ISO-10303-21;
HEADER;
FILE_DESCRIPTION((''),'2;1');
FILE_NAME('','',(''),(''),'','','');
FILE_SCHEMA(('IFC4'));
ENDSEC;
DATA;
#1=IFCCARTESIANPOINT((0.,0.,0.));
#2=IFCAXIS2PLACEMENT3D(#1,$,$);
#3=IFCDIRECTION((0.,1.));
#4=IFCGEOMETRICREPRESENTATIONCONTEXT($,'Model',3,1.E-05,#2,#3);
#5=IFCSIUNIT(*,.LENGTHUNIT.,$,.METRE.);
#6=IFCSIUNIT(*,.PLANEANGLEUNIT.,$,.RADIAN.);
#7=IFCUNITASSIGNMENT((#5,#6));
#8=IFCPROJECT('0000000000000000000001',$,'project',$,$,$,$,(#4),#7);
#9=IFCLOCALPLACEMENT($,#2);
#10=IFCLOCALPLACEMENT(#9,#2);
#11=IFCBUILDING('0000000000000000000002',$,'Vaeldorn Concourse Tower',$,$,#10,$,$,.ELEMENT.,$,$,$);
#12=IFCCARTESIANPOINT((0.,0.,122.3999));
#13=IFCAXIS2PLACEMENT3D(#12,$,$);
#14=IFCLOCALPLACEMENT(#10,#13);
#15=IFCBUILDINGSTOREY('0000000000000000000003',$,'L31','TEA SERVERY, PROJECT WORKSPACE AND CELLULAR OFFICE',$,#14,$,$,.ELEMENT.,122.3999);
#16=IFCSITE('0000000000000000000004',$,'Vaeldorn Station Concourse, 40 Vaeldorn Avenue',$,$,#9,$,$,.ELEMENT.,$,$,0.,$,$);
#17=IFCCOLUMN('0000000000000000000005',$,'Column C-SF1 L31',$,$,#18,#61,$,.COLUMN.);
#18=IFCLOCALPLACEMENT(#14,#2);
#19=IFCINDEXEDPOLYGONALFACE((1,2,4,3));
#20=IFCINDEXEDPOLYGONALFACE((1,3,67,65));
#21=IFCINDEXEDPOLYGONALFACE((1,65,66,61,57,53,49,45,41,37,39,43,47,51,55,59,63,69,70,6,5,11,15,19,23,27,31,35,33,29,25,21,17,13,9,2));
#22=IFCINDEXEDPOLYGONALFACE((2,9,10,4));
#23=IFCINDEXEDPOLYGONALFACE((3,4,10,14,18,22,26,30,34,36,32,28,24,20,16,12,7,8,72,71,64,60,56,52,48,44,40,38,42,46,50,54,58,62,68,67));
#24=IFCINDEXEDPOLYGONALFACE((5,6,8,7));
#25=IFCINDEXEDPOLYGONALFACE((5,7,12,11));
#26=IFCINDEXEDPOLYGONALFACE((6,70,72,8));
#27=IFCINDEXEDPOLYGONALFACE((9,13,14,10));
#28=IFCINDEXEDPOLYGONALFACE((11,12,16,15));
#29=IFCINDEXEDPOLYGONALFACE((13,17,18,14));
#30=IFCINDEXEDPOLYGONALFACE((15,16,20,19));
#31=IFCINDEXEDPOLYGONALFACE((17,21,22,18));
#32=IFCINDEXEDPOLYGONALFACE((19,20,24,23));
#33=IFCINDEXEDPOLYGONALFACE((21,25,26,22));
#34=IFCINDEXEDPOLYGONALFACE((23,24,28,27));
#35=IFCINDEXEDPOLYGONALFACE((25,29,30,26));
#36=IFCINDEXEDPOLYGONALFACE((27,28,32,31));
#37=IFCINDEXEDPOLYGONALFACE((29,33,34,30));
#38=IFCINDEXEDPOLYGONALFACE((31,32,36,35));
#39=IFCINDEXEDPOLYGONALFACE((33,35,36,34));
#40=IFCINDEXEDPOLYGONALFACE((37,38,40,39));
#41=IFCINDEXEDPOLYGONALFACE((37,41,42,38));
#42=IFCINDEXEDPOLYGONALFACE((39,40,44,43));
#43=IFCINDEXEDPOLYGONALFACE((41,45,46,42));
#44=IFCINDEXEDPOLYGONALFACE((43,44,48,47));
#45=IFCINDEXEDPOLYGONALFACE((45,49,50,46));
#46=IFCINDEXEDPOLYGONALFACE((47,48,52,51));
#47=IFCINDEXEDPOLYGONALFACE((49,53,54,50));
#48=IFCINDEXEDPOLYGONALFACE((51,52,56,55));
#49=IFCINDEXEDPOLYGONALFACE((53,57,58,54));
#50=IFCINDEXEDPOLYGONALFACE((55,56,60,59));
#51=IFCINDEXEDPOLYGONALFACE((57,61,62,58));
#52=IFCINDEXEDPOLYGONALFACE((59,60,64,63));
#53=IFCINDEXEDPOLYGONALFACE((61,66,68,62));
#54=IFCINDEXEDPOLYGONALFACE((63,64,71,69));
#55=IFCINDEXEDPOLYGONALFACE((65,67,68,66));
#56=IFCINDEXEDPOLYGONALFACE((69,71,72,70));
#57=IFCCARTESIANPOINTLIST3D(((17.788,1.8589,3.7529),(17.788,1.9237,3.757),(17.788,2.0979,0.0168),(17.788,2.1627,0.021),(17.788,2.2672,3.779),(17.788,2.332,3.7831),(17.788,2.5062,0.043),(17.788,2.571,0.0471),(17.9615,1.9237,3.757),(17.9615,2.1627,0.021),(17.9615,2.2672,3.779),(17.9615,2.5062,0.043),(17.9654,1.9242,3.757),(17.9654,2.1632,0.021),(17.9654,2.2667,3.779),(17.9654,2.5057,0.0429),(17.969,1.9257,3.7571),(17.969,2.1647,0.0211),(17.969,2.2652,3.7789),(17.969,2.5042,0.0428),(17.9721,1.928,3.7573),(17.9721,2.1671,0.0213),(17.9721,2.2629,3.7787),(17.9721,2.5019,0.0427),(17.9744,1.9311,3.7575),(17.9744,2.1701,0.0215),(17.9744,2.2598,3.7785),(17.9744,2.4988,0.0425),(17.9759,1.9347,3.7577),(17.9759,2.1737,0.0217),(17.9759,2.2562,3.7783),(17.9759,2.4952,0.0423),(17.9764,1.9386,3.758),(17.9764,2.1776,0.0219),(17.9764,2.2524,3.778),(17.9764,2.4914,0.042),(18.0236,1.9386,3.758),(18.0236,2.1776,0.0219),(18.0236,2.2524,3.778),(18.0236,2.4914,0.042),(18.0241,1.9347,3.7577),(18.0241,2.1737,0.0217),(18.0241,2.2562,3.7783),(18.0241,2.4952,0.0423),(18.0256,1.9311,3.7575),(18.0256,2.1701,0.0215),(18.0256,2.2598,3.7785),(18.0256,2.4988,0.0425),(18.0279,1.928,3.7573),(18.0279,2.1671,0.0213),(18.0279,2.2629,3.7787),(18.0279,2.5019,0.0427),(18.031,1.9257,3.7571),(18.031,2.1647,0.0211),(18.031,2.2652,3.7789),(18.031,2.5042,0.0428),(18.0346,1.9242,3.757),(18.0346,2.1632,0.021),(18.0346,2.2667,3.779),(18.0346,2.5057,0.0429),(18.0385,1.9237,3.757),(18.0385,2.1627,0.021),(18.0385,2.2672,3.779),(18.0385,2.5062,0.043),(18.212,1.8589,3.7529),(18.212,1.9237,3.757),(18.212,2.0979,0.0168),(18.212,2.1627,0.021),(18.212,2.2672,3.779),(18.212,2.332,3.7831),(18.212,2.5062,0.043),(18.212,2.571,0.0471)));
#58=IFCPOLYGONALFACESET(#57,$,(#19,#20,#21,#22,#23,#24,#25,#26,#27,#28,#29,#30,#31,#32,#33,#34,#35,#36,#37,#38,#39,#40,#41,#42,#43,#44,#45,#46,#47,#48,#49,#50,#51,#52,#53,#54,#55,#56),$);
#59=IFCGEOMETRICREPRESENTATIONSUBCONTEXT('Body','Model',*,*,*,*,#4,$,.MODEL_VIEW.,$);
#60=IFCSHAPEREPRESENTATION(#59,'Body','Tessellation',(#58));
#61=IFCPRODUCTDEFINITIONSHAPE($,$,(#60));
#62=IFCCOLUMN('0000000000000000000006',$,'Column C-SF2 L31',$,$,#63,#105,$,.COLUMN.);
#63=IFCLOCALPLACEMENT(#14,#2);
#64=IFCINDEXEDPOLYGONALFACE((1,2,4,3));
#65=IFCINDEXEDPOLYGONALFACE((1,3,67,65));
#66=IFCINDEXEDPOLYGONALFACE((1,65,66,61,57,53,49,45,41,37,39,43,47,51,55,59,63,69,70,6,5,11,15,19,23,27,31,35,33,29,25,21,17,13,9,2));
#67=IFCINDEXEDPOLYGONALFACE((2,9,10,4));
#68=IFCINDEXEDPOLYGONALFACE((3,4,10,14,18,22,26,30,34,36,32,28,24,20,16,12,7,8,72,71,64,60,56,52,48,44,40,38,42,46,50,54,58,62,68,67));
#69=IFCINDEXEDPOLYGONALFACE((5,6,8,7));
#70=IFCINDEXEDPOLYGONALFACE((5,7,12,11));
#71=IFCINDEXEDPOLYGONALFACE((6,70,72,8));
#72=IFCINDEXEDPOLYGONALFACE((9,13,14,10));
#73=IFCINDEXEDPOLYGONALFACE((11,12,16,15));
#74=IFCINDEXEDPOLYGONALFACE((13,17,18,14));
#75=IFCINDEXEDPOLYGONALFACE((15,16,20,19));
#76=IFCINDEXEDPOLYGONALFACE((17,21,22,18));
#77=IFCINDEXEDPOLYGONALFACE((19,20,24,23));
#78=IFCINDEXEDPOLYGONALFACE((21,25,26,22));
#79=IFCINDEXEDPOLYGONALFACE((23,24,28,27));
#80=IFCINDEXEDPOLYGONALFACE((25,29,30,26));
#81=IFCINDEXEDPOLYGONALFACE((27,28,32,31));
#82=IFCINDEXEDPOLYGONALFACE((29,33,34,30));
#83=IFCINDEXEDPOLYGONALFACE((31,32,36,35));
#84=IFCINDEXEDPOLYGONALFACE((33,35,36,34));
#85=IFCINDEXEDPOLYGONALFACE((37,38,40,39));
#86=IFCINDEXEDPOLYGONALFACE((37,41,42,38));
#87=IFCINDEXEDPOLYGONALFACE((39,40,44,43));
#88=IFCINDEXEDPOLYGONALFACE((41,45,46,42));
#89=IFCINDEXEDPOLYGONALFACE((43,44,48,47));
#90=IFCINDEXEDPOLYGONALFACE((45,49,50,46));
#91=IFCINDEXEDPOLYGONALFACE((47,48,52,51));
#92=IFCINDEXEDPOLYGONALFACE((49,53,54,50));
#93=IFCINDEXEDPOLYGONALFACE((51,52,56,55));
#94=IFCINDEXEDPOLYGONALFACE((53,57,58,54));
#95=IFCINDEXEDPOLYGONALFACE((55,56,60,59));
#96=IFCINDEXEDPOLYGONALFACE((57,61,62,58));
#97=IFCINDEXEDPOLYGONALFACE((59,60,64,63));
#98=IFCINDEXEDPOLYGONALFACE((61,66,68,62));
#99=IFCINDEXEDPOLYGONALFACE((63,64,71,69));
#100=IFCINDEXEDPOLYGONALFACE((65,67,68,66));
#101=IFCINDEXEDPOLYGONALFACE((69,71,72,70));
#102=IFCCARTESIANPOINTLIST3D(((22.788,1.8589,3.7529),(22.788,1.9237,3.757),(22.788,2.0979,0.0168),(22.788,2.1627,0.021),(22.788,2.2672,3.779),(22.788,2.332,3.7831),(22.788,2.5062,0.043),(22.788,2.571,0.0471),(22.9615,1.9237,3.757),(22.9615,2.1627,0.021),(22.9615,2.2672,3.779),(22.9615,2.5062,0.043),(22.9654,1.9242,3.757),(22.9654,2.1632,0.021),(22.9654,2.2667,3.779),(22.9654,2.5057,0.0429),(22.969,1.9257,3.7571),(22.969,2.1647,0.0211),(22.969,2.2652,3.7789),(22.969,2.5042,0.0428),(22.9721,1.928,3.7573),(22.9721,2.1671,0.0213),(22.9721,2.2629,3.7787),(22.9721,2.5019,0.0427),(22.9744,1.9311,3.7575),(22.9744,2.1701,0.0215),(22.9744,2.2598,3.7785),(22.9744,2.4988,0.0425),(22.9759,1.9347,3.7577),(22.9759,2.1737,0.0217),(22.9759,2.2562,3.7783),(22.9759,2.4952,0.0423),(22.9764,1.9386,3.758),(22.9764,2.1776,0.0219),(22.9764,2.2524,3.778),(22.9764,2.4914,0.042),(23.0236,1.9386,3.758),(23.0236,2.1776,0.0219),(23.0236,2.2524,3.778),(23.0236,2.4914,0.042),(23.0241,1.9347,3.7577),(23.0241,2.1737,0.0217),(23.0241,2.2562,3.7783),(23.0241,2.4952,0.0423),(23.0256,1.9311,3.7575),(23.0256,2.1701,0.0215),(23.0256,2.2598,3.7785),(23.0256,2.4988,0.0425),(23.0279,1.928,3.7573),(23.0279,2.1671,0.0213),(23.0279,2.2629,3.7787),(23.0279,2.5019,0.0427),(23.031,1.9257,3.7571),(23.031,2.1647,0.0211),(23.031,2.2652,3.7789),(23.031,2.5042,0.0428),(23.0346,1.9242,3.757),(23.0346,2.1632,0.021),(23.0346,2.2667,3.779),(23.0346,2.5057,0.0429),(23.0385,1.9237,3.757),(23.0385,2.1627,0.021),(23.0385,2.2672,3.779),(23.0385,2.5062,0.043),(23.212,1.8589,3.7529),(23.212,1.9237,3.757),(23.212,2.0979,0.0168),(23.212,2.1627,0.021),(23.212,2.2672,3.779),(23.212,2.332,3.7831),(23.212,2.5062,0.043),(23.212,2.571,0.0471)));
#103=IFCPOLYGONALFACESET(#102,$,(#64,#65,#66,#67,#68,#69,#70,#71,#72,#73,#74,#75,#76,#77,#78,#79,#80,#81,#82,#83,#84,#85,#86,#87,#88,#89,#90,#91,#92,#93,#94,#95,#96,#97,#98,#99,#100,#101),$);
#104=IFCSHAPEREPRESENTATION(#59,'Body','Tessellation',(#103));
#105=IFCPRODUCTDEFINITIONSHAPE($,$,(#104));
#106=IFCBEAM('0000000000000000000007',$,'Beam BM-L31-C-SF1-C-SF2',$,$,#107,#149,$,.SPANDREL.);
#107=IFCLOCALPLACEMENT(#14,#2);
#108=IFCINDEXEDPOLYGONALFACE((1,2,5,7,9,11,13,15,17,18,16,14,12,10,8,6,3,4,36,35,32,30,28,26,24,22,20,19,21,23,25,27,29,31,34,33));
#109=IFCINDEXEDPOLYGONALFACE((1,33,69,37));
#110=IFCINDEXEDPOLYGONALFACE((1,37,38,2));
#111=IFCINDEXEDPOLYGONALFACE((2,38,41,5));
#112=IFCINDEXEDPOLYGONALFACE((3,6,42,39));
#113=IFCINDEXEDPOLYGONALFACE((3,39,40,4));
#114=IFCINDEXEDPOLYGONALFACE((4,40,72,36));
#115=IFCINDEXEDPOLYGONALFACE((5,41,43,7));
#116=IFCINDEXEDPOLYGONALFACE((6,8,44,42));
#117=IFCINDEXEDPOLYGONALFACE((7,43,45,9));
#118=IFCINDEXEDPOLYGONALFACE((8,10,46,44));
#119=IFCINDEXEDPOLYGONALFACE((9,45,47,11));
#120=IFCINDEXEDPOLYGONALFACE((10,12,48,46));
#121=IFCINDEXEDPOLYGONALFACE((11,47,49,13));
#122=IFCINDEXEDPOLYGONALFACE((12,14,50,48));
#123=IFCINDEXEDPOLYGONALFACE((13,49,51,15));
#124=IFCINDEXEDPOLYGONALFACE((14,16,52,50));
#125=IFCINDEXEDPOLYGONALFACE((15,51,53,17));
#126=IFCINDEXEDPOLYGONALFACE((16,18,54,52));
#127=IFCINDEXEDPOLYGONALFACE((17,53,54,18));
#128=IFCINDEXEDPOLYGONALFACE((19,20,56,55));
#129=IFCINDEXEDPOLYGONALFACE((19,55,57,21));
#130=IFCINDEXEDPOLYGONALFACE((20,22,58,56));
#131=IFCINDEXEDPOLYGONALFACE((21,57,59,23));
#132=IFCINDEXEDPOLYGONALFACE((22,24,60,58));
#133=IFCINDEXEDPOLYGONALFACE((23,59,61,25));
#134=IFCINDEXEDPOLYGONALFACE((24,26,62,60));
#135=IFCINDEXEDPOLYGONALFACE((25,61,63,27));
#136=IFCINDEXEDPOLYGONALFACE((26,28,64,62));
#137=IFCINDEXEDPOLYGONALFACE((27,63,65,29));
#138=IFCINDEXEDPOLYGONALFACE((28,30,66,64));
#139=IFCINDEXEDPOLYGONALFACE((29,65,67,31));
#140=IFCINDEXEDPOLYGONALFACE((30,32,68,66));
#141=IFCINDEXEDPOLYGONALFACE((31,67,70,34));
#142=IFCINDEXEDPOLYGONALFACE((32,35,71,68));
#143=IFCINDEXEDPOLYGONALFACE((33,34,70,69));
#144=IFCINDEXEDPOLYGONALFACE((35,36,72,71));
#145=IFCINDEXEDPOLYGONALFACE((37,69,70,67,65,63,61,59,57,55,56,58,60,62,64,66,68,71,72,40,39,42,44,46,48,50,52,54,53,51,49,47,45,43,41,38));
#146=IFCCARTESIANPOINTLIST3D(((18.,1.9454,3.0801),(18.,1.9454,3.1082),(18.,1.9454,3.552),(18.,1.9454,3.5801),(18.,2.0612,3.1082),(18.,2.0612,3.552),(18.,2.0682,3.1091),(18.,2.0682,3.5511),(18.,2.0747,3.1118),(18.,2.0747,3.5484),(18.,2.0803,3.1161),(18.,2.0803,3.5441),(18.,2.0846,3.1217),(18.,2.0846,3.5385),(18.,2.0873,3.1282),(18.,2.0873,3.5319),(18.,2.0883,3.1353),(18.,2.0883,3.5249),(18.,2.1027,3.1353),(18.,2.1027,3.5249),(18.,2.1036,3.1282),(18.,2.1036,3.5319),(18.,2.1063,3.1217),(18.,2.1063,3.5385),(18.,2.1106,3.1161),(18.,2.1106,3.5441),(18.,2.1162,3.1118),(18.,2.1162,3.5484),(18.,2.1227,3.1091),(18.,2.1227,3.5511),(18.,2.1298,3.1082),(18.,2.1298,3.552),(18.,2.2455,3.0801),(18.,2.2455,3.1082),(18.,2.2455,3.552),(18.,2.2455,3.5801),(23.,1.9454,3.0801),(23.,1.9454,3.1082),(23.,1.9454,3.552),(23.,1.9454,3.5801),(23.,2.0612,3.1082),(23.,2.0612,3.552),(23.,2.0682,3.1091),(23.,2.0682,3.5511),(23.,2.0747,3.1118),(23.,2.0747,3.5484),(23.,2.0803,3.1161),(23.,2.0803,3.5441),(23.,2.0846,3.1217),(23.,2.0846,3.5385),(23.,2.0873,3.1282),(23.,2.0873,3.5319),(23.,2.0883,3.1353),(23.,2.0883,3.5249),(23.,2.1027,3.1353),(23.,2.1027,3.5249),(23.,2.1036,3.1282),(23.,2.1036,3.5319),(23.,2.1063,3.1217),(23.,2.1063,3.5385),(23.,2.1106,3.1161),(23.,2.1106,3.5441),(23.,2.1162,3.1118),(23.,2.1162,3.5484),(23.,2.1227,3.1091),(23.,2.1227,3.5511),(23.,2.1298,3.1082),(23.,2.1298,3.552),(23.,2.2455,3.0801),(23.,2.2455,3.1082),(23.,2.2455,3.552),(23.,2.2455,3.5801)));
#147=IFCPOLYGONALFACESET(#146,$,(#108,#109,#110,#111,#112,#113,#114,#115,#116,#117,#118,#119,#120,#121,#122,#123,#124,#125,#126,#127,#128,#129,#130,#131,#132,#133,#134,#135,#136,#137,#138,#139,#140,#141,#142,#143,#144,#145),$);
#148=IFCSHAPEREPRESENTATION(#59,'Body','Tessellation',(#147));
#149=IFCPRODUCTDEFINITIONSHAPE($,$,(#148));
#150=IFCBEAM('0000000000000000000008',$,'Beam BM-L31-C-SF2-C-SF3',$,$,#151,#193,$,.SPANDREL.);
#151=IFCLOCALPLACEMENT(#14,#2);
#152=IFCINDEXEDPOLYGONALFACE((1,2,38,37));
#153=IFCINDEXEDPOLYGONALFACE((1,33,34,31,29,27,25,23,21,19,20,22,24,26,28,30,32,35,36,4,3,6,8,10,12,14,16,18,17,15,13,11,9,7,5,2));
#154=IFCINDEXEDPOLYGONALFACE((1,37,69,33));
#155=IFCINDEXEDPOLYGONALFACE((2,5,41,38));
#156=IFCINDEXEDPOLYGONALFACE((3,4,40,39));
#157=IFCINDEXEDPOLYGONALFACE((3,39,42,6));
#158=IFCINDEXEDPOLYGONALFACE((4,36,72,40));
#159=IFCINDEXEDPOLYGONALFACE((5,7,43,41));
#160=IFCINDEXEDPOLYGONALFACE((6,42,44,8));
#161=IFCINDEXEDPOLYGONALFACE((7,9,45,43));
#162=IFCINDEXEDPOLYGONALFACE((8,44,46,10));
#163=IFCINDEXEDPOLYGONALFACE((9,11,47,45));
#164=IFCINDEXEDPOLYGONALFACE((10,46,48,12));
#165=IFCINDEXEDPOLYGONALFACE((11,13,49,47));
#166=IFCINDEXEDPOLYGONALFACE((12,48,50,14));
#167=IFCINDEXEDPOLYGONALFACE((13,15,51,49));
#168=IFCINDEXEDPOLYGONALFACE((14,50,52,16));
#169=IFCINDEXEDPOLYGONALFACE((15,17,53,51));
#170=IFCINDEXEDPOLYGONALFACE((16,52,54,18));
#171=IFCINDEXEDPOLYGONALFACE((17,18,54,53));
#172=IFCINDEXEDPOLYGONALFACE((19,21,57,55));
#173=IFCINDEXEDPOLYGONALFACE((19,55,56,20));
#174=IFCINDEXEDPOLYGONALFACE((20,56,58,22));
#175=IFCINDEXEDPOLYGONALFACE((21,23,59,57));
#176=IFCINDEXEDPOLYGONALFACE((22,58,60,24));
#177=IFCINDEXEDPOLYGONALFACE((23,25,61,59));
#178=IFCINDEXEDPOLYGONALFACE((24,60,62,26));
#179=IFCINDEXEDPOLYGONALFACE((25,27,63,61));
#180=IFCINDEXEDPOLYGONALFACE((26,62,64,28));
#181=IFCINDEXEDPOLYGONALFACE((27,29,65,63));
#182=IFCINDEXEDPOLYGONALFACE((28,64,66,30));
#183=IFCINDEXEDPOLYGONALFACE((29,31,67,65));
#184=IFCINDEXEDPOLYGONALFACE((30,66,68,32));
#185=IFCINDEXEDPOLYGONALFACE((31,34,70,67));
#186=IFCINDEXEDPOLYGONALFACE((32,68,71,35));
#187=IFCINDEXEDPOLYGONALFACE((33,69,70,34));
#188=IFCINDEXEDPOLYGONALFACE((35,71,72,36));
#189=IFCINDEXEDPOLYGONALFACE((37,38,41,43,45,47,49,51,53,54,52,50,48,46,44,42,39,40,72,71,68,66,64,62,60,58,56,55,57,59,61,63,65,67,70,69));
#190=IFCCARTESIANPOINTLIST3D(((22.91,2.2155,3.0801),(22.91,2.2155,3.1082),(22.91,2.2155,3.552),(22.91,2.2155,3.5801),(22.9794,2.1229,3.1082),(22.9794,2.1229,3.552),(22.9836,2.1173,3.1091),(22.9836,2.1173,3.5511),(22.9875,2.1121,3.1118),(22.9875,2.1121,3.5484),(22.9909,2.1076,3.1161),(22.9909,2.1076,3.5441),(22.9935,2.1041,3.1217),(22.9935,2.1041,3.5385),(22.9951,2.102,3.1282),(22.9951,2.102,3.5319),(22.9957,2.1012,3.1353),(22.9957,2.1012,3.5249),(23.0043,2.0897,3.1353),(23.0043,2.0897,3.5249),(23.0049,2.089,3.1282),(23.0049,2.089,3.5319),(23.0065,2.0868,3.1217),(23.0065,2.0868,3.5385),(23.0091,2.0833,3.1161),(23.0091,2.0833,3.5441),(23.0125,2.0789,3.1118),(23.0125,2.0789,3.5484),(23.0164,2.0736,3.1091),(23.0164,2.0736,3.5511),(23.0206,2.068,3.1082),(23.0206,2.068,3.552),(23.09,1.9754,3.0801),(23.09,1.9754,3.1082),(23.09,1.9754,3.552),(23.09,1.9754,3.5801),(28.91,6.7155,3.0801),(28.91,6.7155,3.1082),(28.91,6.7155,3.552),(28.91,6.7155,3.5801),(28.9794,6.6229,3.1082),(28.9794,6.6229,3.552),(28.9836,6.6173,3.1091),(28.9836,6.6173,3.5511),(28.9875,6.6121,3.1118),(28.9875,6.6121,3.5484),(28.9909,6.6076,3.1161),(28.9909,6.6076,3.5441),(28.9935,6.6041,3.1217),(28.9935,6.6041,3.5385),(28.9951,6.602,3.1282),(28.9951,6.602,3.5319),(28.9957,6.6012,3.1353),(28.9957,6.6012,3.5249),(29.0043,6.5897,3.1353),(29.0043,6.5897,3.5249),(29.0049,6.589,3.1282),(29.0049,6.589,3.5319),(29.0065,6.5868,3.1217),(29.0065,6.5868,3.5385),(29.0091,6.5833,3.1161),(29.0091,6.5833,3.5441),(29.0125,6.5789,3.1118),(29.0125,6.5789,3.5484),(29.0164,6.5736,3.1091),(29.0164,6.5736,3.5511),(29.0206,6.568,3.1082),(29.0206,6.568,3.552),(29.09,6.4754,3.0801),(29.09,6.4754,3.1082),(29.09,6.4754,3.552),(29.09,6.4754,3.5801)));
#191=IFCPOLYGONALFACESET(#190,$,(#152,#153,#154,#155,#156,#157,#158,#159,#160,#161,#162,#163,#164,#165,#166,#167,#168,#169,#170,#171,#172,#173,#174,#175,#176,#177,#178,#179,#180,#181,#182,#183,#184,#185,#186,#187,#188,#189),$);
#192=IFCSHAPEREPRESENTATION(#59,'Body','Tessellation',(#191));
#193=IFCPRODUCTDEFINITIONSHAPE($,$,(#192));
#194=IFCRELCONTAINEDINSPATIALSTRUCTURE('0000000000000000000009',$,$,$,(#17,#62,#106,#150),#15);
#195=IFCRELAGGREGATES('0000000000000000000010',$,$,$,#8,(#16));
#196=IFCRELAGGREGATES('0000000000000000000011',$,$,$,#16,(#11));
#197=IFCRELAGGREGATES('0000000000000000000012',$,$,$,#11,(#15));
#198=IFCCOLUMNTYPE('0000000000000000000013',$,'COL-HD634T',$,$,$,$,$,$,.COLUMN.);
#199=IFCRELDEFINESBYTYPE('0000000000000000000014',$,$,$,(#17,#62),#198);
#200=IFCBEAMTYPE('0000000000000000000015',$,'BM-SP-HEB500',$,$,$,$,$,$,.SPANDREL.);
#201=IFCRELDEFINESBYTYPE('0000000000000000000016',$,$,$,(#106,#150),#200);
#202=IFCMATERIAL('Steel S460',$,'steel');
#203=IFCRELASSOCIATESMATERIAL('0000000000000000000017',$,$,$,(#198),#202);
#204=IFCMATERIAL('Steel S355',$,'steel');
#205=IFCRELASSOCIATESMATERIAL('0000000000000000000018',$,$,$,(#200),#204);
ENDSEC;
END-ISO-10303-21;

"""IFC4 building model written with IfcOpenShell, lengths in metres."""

from ifc_helpers import new_model, si_unit, direction, frame, origin, origin_2d, place, context, subcontext, project, spatial, i_section, extrude, source, transform, mapped, material, material_profile, profile_set, type_object, element, save


model = new_model("IFC4")

# Units and contexts
model_context = context("Model", 3, precision=1e-05, world=origin(), true_north=direction((0.0, 1.0)))
body_context = subcontext(model_context, "Body", "Model", "MODEL_VIEW")
ifc_project = project(units=[si_unit("LENGTHUNIT", "METRE"), si_unit("PLANEANGLEUNIT", "RADIAN")], contexts=[model_context])

# Site, building, storey
site_placement = place(None, origin())
site = spatial("IfcSite", under=ifc_project, at=site_placement, Name="Vaeldorn Station Concourse, 40 Vaeldorn Avenue", CompositionType="ELEMENT", RefElevation=0.0)
building_placement = place(site_placement, origin())
building = spatial("IfcBuilding", under=site, at=building_placement, Name="Vaeldorn Concourse Tower", CompositionType="ELEMENT")
storey_placement = place(building_placement, frame((0.0, 0.0, 122.3999)))
storey = spatial("IfcBuildingStorey", under=building, at=storey_placement, Name="L31", Description="TEA SERVERY, PROJECT WORKSPACE AND CELLULAR OFFICE", CompositionType="ELEMENT", Elevation=122.3999)

# Columns
ifc_material_1 = material(Name="Steel S460", Category="steel")
ifc_material_profile_1 = material_profile(ifc_material_1, i_section(OverallWidth=0.4241, OverallDepth=0.4741, WebThickness=0.0471, FlangeThickness=0.0649, FilletRadius=0.0149, at=origin_2d()), Name="HD 400x634")
ifc_profile_set_1 = profile_set([ifc_material_profile_1], Name="Steel S460")
column_type = type_object("IfcColumnType", Name="COL-HD634T", PredefinedType="COLUMN", material=ifc_profile_set_1)
shared_shape_1 = source(origin(), body_context, "Body", "SweptSolid", [
    extrude(i_section(OverallWidth=0.4241, OverallDepth=0.4741, WebThickness=0.0471, FlangeThickness=0.0649, FilletRadius=0.0149, at=origin_2d()), origin(), (0.0, 0.0, 1.0), 3.7437),
])
for number, where, z_axis, x_axis, name in (
    (1, (18.0, 2.3345, 0.032), (0.0, -0.063844, 0.99796), (1.0, 0.0, 0.0), "Column C-SF1 L31"),
    (2, (23.0, 2.3345, 0.032), (0.0, -0.063844, 0.99796), (1.0, 0.0, 0.0), "Column C-SF2 L31"),
):
    element("IfcColumn", number, at=place(storey_placement, frame(where, z_axis=z_axis, x_axis=x_axis)), inside=storey, type_object=column_type, Name=name, PredefinedType="COLUMN", context=body_context, shape_type="MappedRepresentation", body=[
        mapped(shared_shape_1, transform((0.0, 0.0, 0.0), scale=1.0)),
    ])

# Beams
ifc_material_2 = material(Name="Steel S355", Category="steel")
ifc_material_profile_2 = material_profile(ifc_material_2, i_section(OverallWidth=0.3, OverallDepth=0.5, WebThickness=0.0144, FlangeThickness=0.0281, FilletRadius=0.0271, at=origin_2d()), Name="HEB 500")
ifc_profile_set_2 = profile_set([ifc_material_profile_2], Name="Steel S355")
beam_type_1 = type_object("IfcBeamType", Name="BM-SP-HEB500", PredefinedType="SPANDREL", material=ifc_profile_set_2)
shared_shape_2 = source(origin(), body_context, "Body", "SweptSolid", [
    extrude(i_section(OverallWidth=0.3, OverallDepth=0.5, WebThickness=0.0144, FlangeThickness=0.0281, FilletRadius=0.0271, at=origin_2d()), origin(), (0.0, 0.0, 1.0), 5.0),
])
beam_1_placement = place(storey_placement, frame((18.0, 2.0955, 3.3301), z_axis=(1.0, 0.0, 0.0), x_axis=(0.0, 1.0, 0.0)))
element("IfcBeam", 3, at=beam_1_placement, inside=storey, type_object=beam_type_1, Name="Beam BM-L31-C-SF1-C-SF2", PredefinedType="SPANDREL", context=body_context, shape_type="MappedRepresentation", body=[
    mapped(shared_shape_2, transform((0.0, 0.0, 0.0), scale=1.0)),
])
shared_shape_3 = source(origin(), body_context, "Body", "SweptSolid", [
    extrude(i_section(OverallWidth=0.3, OverallDepth=0.5, WebThickness=0.0144, FlangeThickness=0.0281, FilletRadius=0.0271, at=origin_2d()), origin(), (0.0, 0.0, 1.0), 7.5),
])
beam_2_placement = place(storey_placement, frame((23.0, 2.0955, 3.3301), z_axis=(0.8, 0.6, 0.0), x_axis=(-0.6, 0.8, 0.0)))
element("IfcBeam", 4, at=beam_2_placement, inside=storey, type_object=beam_type_1, Name="Beam BM-L31-C-SF2-C-SF3", PredefinedType="SPANDREL", context=body_context, shape_type="MappedRepresentation", body=[
    mapped(shared_shape_3, transform((0.0, 0.0, 0.0), scale=1.0)),
])

save(model, "model.ifc")
